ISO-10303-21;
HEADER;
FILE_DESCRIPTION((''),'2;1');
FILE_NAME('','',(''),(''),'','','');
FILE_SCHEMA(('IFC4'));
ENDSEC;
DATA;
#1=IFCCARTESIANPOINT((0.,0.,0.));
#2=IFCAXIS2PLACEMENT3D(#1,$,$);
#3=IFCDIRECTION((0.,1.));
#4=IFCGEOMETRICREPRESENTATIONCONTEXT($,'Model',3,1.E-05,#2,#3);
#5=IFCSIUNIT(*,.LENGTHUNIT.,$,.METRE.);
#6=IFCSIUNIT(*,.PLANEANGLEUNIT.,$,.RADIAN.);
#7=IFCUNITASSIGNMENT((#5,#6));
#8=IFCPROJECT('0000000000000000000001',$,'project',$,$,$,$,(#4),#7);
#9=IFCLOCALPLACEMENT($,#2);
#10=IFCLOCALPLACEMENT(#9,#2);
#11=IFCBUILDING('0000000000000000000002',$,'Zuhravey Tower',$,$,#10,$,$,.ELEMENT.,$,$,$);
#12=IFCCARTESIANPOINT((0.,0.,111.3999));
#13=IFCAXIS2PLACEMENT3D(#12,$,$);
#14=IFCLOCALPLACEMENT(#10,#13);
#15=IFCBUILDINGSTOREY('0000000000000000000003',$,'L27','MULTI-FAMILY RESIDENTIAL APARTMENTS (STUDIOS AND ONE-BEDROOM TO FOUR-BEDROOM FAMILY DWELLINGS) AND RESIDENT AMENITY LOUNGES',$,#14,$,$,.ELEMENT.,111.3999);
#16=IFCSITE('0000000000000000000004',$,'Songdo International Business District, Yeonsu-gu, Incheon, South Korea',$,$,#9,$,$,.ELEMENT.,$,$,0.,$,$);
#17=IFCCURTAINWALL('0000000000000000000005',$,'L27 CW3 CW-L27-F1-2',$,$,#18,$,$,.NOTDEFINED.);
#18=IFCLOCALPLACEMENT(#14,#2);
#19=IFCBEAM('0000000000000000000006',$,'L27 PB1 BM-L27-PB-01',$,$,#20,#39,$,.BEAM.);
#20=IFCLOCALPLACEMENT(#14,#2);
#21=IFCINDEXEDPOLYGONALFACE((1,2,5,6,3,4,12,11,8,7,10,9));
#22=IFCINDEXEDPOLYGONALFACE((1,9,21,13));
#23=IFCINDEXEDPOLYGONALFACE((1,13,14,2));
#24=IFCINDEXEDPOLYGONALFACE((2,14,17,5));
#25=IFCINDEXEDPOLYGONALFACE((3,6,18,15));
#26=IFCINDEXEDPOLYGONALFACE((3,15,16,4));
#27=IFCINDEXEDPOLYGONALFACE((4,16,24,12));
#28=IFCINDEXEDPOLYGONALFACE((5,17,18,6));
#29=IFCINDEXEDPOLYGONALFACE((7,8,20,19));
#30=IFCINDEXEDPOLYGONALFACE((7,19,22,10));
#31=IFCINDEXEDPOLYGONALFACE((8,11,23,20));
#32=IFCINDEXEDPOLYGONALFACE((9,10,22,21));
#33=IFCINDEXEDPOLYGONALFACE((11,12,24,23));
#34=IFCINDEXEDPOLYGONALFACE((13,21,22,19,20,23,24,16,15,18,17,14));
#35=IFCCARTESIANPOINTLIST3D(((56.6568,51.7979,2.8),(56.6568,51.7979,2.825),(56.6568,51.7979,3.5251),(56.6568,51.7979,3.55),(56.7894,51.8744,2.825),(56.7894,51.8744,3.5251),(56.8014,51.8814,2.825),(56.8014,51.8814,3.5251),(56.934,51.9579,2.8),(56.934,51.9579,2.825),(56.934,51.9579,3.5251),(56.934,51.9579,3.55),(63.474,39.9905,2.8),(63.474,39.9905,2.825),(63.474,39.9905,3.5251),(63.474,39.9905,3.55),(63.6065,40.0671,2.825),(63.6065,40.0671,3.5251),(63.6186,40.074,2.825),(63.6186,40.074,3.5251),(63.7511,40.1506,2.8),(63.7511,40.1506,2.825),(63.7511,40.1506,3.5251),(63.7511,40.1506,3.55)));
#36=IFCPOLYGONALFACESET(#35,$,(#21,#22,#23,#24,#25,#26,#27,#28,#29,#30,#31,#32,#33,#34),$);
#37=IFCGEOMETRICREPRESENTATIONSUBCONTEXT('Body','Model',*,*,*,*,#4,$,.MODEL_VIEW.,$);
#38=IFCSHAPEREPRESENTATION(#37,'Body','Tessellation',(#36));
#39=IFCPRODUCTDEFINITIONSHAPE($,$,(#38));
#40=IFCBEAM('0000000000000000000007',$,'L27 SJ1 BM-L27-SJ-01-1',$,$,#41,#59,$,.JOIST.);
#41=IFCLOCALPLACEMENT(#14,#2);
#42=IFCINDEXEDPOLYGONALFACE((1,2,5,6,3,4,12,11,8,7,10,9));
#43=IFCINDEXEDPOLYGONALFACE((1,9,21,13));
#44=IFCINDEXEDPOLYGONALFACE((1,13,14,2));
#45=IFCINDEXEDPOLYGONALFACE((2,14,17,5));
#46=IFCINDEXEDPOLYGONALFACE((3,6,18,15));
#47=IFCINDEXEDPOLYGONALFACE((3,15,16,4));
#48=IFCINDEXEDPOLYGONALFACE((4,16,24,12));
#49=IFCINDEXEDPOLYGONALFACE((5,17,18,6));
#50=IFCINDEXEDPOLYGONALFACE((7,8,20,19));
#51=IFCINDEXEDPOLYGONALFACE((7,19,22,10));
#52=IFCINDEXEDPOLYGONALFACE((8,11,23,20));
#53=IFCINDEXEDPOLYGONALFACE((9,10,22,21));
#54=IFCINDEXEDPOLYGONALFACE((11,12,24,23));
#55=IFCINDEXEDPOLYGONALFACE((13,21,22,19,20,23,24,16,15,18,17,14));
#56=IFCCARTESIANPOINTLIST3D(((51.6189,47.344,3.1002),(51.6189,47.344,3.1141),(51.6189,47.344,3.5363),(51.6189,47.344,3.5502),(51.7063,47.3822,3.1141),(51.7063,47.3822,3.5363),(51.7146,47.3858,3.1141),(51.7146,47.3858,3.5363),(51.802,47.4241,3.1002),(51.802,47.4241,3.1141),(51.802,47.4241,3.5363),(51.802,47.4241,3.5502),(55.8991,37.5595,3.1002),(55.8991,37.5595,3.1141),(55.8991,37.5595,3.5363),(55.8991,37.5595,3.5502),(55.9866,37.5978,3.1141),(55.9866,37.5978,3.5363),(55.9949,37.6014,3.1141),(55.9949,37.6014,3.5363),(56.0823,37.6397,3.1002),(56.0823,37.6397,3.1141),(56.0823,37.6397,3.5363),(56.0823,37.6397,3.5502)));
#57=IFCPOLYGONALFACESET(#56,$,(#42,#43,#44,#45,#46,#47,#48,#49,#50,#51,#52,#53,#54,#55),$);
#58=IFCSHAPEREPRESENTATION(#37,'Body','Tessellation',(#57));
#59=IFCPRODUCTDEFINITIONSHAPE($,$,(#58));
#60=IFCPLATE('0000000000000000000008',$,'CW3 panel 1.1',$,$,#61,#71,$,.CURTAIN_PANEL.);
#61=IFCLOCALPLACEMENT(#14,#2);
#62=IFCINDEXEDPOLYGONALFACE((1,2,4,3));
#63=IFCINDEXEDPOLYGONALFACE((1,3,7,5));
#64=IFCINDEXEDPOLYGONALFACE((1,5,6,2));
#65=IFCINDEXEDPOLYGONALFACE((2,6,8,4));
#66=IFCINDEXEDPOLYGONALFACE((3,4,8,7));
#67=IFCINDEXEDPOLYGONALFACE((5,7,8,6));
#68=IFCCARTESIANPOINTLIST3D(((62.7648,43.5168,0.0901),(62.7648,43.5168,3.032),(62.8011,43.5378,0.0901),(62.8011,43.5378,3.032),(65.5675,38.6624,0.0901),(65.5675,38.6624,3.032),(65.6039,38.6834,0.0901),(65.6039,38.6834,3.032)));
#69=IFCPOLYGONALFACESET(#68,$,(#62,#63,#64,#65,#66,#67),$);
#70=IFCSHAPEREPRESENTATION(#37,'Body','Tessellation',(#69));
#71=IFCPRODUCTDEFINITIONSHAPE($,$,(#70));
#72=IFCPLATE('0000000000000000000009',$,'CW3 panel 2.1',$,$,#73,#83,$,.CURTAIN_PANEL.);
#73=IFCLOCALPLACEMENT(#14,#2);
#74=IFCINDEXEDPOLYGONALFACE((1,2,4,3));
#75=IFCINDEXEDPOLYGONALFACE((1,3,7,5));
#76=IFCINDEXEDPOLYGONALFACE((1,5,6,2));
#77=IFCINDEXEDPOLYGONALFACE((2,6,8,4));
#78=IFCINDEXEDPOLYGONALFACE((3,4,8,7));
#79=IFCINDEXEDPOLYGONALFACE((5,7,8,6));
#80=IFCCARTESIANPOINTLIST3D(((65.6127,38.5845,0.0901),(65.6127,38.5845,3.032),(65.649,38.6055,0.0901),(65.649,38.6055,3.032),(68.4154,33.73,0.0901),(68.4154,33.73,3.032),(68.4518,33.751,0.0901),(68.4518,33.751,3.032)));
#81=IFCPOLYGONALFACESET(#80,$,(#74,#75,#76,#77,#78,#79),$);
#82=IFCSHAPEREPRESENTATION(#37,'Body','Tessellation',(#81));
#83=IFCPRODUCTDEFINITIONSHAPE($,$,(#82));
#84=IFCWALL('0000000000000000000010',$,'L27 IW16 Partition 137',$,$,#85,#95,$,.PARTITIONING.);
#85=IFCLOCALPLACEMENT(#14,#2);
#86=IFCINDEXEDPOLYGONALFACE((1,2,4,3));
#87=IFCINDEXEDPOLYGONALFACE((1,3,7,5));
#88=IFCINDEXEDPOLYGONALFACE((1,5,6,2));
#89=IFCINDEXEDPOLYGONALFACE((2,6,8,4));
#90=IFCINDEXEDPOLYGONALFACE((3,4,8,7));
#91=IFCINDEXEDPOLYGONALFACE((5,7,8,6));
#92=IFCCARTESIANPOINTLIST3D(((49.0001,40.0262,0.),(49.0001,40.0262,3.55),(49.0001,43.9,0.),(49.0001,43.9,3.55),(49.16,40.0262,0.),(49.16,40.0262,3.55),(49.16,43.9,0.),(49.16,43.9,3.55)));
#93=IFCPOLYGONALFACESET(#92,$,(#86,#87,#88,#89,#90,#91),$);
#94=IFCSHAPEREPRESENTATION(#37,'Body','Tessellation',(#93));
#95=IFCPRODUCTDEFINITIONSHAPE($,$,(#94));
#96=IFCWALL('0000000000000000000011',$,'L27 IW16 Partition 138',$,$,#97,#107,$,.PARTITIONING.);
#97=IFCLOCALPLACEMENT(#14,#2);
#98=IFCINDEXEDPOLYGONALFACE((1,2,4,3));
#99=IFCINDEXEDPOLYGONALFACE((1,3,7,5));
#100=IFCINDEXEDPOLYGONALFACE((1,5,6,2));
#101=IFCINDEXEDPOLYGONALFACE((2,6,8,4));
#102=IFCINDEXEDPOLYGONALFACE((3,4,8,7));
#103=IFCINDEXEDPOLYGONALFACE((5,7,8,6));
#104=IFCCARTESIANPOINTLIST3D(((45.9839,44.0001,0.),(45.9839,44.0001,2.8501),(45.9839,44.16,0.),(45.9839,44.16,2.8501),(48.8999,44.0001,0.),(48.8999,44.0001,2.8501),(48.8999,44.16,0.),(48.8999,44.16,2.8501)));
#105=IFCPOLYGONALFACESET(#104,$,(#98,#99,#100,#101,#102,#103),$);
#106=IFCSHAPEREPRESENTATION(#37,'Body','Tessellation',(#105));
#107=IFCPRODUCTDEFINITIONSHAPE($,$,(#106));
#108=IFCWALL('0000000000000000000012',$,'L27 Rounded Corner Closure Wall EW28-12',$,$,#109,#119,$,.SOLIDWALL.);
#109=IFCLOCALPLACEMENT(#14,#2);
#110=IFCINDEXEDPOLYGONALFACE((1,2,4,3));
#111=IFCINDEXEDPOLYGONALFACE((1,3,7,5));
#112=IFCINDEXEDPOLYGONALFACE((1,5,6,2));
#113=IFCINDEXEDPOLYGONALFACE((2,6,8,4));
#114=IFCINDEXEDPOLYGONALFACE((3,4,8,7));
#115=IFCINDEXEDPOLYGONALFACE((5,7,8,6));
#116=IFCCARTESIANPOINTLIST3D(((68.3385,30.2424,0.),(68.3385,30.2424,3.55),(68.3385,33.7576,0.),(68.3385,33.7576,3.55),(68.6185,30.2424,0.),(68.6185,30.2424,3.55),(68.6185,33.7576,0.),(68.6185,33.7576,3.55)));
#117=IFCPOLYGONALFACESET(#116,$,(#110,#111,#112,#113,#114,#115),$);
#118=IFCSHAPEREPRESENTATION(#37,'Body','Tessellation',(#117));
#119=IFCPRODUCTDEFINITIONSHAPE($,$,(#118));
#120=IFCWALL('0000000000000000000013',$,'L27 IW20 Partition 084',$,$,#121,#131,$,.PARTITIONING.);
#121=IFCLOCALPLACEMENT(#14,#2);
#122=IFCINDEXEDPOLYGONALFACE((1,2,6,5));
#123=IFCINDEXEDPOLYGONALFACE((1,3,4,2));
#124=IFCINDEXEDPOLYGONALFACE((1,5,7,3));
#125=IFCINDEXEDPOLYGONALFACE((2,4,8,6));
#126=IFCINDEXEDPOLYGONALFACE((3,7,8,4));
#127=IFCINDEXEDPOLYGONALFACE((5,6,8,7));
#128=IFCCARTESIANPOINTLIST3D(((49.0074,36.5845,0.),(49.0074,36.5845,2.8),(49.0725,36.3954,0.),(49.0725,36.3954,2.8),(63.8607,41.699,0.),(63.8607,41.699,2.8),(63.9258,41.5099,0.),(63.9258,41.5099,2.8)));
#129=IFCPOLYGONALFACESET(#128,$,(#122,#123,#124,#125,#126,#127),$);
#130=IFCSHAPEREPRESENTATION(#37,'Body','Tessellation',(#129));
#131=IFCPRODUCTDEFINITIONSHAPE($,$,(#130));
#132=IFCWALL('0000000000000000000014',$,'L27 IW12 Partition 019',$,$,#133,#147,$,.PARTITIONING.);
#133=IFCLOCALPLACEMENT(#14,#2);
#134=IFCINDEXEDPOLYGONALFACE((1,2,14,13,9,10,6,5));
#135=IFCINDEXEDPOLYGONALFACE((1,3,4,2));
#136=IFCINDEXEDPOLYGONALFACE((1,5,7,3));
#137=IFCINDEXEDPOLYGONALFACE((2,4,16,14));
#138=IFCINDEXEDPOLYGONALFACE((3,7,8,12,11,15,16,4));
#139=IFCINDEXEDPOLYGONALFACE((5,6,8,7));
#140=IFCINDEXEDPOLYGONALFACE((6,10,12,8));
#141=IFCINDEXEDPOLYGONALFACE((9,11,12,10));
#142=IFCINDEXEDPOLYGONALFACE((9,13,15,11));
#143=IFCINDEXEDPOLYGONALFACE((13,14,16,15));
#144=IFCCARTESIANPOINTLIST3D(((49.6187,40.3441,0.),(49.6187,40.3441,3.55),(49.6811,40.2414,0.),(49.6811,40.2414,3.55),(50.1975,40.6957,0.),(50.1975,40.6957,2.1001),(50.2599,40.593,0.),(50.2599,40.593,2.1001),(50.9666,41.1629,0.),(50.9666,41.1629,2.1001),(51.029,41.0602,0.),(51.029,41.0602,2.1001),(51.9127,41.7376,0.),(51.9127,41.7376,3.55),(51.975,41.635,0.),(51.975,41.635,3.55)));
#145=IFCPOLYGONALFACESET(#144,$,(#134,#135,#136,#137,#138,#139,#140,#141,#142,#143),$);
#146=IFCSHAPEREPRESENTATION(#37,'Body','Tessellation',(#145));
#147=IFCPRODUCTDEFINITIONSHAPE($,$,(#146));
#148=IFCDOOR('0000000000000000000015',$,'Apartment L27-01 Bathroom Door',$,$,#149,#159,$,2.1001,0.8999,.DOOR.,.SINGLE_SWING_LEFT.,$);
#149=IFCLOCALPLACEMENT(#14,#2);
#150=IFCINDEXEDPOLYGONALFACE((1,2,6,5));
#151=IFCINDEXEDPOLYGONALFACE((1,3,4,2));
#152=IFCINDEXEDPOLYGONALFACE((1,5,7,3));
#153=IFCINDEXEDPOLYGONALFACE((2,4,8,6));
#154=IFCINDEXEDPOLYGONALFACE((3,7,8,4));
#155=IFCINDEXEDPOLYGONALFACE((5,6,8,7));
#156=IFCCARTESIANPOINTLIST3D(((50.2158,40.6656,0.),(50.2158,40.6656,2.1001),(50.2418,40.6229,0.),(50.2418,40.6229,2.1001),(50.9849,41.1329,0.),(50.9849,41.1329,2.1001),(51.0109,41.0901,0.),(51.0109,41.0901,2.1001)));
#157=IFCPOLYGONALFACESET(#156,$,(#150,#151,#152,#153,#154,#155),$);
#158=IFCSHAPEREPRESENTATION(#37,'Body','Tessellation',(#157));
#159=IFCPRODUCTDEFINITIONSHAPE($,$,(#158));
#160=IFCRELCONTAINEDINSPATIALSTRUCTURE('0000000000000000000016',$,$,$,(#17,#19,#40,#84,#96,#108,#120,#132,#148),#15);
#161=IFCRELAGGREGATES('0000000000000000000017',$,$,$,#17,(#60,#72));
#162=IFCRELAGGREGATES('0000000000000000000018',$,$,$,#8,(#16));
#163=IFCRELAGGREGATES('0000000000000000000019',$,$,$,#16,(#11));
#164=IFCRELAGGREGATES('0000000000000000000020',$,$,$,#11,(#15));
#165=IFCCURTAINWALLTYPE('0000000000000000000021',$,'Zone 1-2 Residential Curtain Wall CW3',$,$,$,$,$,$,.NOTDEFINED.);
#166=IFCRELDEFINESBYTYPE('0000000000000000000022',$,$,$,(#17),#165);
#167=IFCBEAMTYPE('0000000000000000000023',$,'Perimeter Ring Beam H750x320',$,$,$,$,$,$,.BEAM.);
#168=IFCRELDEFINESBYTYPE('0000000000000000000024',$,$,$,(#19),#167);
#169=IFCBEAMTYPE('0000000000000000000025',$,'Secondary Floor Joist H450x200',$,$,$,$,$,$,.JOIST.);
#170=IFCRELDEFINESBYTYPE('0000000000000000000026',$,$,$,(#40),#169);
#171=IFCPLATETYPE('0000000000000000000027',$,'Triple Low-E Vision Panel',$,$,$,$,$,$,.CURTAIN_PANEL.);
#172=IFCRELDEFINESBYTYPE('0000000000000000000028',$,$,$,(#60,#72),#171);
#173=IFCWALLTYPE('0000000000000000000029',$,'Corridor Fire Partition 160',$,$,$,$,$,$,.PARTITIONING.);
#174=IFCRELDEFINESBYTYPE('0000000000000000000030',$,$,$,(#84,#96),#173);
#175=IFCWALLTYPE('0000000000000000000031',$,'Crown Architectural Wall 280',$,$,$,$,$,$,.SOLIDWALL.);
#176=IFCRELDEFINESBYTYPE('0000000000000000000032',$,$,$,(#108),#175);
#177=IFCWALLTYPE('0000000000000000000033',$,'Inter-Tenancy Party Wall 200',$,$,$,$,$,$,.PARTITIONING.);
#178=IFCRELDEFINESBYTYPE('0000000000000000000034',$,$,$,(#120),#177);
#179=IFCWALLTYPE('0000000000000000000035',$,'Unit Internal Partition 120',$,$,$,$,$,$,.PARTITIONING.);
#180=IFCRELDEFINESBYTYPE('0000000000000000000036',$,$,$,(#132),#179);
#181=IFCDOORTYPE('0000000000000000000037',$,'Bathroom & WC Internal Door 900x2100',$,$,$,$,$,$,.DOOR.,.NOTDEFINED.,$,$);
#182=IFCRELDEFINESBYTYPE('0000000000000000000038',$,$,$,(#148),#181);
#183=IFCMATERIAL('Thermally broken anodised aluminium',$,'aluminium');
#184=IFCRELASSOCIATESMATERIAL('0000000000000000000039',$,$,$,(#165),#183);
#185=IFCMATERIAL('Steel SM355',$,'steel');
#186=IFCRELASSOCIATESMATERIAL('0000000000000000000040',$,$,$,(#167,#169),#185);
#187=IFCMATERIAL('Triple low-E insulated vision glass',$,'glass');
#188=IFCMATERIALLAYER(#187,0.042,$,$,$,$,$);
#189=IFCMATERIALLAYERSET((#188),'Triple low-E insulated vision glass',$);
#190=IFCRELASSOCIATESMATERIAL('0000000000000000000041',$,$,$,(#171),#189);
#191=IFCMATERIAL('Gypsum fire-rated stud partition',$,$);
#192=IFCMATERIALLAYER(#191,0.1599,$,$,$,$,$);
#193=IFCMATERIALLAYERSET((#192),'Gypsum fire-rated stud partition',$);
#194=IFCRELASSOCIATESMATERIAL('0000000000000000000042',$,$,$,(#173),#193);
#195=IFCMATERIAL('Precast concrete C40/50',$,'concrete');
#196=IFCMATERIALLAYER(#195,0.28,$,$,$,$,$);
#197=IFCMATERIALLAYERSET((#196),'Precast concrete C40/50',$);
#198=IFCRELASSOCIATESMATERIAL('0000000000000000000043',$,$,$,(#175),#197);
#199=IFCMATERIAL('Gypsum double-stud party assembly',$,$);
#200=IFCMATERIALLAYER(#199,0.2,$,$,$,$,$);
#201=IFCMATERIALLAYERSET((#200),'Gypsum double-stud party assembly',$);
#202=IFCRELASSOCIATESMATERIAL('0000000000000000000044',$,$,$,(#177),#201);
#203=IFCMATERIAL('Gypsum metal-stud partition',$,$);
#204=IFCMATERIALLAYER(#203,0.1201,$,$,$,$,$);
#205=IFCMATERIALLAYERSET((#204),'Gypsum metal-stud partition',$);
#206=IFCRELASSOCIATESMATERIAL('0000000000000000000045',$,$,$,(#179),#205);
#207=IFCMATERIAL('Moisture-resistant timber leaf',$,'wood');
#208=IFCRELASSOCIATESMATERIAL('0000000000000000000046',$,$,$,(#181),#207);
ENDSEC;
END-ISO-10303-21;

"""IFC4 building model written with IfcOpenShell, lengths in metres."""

from ifc_helpers import new_model, si_unit, direction, frame, frame_2d, origin, origin_2d, place, context, subcontext, project, spatial, rectangle, i_section, extrude, material, layer, layer_set, material_profile, profile_set, type_object, element, fill, aggregate, save


model = new_model("IFC4")

# Units and contexts
model_context = context("Model", 3, precision=1e-05, world=origin(), true_north=direction((0.0, 1.0)))
body_context = subcontext(model_context, "Body", "Model", "MODEL_VIEW")
ifc_project = project(units=[si_unit("LENGTHUNIT", "METRE"), si_unit("PLANEANGLEUNIT", "RADIAN")], contexts=[model_context])

# Site, building, storey
site_placement = place(None, origin())
site = spatial("IfcSite", under=ifc_project, at=site_placement, Name="Songdo International Business District, Yeonsu-gu, Incheon, South Korea", CompositionType="ELEMENT", RefElevation=0.0)
building_placement = place(site_placement, origin())
building = spatial("IfcBuilding", under=site, at=building_placement, Name="Zuhravey Tower", CompositionType="ELEMENT")
storey_placement = place(building_placement, frame((0.0, 0.0, 111.3999)))
storey = spatial("IfcBuildingStorey", under=building, at=storey_placement, Name="L27", Description="MULTI-FAMILY RESIDENTIAL APARTMENTS (STUDIOS AND ONE-BEDROOM TO FOUR-BEDROOM FAMILY DWELLINGS) AND RESIDENT AMENITY LOUNGES", CompositionType="ELEMENT", Elevation=111.3999)

# Shared definitions
ifc_material_1 = material(Name="Thermally broken anodised aluminium", Category="aluminium")
curtain_wall_type = type_object("IfcCurtainWallType", Name="Zone 1-2 Residential Curtain Wall CW3", PredefinedType="NOTDEFINED", material=ifc_material_1)

# Curtain wall
curtain_wall_1_placement = place(storey_placement, origin())
curtain_wall_1 = element("IfcCurtainWall", 1, at=curtain_wall_1_placement, inside=storey, type_object=curtain_wall_type, Name="L27 CW3 CW-L27-F1-2", PredefinedType="NOTDEFINED")

# Beams
ifc_material_2 = material(Name="Steel SM355", Category="steel")
ifc_material_profile_1 = material_profile(ifc_material_2, i_section(OverallWidth=0.3201, OverallDepth=0.75, WebThickness=0.0139, FlangeThickness=0.0249, at=origin_2d()), Name="H-750x320x14x25")
ifc_profile_set_1 = profile_set([ifc_material_profile_1], Name="Steel SM355")
beam_type_1 = type_object("IfcBeamType", Name="Perimeter Ring Beam H750x320", PredefinedType="BEAM", material=ifc_profile_set_1)
beam_1_placement = place(storey_placement, frame((63.6125, 40.0706, 3.175), z_axis=(-0.500008, 0.866021, 0.0), x_axis=(-0.866021, -0.500008, 0.0)))
element("IfcBeam", 2, at=beam_1_placement, inside=storey, type_object=beam_type_1, Name="L27 PB1 BM-L27-PB-01", PredefinedType="BEAM", context=body_context, shape_type="SweptSolid", body=[
    extrude(i_section(OverallWidth=0.3201, OverallDepth=0.75, WebThickness=0.0139, FlangeThickness=0.0249, at=origin_2d()), origin(), (0.0, 0.0, 1.0), 13.634),
])
ifc_material_profile_2 = material_profile(ifc_material_2, i_section(OverallWidth=0.2, OverallDepth=0.45, WebThickness=0.009, FlangeThickness=0.0139, at=origin_2d()), Name="H-450x200x9x14")
ifc_profile_set_2 = profile_set([ifc_material_profile_2], Name="Steel SM355")
beam_type_2 = type_object("IfcBeamType", Name="Secondary Floor Joist H450x200", PredefinedType="JOIST", material=ifc_profile_set_2)
beam_2_placement = place(storey_placement, frame((55.9907, 37.5996, 3.3252), z_axis=(-0.400786, 0.916172, 0.0), x_axis=(-0.916172, -0.400786, 0.0)))
element("IfcBeam", 3, at=beam_2_placement, inside=storey, type_object=beam_type_2, Name="L27 SJ1 BM-L27-SJ-01-1", PredefinedType="JOIST", context=body_context, shape_type="SweptSolid", body=[
    extrude(i_section(OverallWidth=0.2, OverallDepth=0.45, WebThickness=0.009, FlangeThickness=0.0139, at=origin_2d()), origin(), (0.0, 0.0, 1.0), 10.6797),
])

# Plates
ifc_material_3 = material(Name="Triple low-E insulated vision glass", Category="glass")
ifc_layer_1 = layer(ifc_material_3, 0.042)
ifc_layer_set_1 = layer_set([ifc_layer_1], Name="Triple low-E insulated vision glass")
plate_type = type_object("IfcPlateType", Name="Triple Low-E Vision Panel", PredefinedType="CURTAIN_PANEL", material=ifc_layer_set_1)
plate_1_placement = place(storey_placement, frame((64.1843, 41.1001, 0.0901), z_axis=(0.0, 0.0, 1.0), x_axis=(0.500001, -0.866025, 0.0)))
plate_1 = element("IfcPlate", 4, at=plate_1_placement, type_object=plate_type, Name="CW3 panel 1.1", PredefinedType="CURTAIN_PANEL", context=body_context, shape_type="SweptSolid", body=[
    extrude(rectangle(XDim=5.6055, YDim=0.042, at=origin_2d()), origin(), (0.0, 0.0, 1.0), 2.9419),
])
plate_2_placement = place(storey_placement, frame((67.0322, 36.1677, 0.0901), z_axis=(0.0, 0.0, 1.0), x_axis=(0.500001, -0.866025, 0.0)))
plate_2 = element("IfcPlate", 5, at=plate_2_placement, type_object=plate_type, Name="CW3 panel 2.1", PredefinedType="CURTAIN_PANEL", context=body_context, shape_type="SweptSolid", body=[
    extrude(rectangle(XDim=5.6055, YDim=0.042, at=origin_2d()), origin(), (0.0, 0.0, 1.0), 2.9419),
])
aggregate(curtain_wall_1, [plate_1, plate_2])

# Shared definitions
ifc_material_4 = material(Name="Gypsum fire-rated stud partition")
ifc_layer_2 = layer(ifc_material_4, 0.1599)
ifc_layer_set_2 = layer_set([ifc_layer_2], Name="Gypsum fire-rated stud partition")
wall_type_1 = type_object("IfcWallType", Name="Corridor Fire Partition 160", PredefinedType="PARTITIONING", material=ifc_layer_set_2)

# Walls
wall_1_placement = place(storey_placement, frame((49.0801, 40.0261, 0.0), z_axis=(0.0, 0.0, 1.0), x_axis=(0.0, 1.0, 0.0)))
element("IfcWall", 6, at=wall_1_placement, inside=storey, type_object=wall_type_1, Name="L27 IW16 Partition 137", PredefinedType="PARTITIONING", context=body_context, shape_type="SweptSolid", body=[
    extrude(rectangle(XDim=3.8738, YDim=0.1599, at=frame_2d((1.937, 0.0))), origin(), (0.0, 0.0, 1.0), 3.55),
])
wall_2_placement = place(storey_placement, frame((48.8999, 44.0801, 0.0), z_axis=(0.0, 0.0, 1.0), x_axis=(-1.0, 0.0, 0.0)))
element("IfcWall", 7, at=wall_2_placement, inside=storey, type_object=wall_type_1, Name="L27 IW16 Partition 138", PredefinedType="PARTITIONING", context=body_context, shape_type="SweptSolid", body=[
    extrude(rectangle(XDim=2.916, YDim=0.1599, at=frame_2d((1.458, 0.0))), origin(), (0.0, 0.0, 1.0), 2.8501),
])
ifc_material_5 = material(Name="Precast concrete C40/50", Category="concrete")
ifc_layer_3 = layer(ifc_material_5, 0.28)
ifc_layer_set_3 = layer_set([ifc_layer_3], Name="Precast concrete C40/50")
wall_type_2 = type_object("IfcWallType", Name="Crown Architectural Wall 280", PredefinedType="SOLIDWALL", material=ifc_layer_set_3)
wall_3_placement = place(storey_placement, frame((68.4785, 33.7576, 0.0), z_axis=(0.0, 0.0, 1.0), x_axis=(0.0, -1.0, 0.0)))
element("IfcWall", 8, at=wall_3_placement, inside=storey, type_object=wall_type_2, Name="L27 Rounded Corner Closure Wall EW28-12", PredefinedType="SOLIDWALL", context=body_context, shape_type="SweptSolid", body=[
    extrude(rectangle(XDim=3.5151, YDim=0.28, at=frame_2d((1.7576, 0.0))), origin(), (0.0, 0.0, 1.0), 3.55),
])
ifc_material_6 = material(Name="Gypsum double-stud party assembly")
ifc_layer_4 = layer(ifc_material_6, 0.2)
ifc_layer_set_4 = layer_set([ifc_layer_4], Name="Gypsum double-stud party assembly")
wall_type_3 = type_object("IfcWallType", Name="Inter-Tenancy Party Wall 200", PredefinedType="PARTITIONING", material=ifc_layer_set_4)
wall_4_placement = place(storey_placement, frame((49.04, 36.49, 0.0), z_axis=(0.0, 0.0, 1.0), x_axis=(0.945516, 0.325574, 0.0)))
element("IfcWall", 9, at=wall_4_placement, inside=storey, type_object=wall_type_3, Name="L27 IW20 Partition 084", PredefinedType="PARTITIONING", context=body_context, shape_type="SweptSolid", body=[
    extrude(rectangle(XDim=15.7092, YDim=0.2, at=frame_2d((7.8545, 0.0))), origin(), (0.0, 0.0, 1.0), 2.8),
])

# Wall, opening, door
ifc_material_7 = material(Name="Gypsum metal-stud partition")
ifc_layer_5 = layer(ifc_material_7, 0.1201)
ifc_layer_set_5 = layer_set([ifc_layer_5], Name="Gypsum metal-stud partition")
wall_type_4 = type_object("IfcWallType", Name="Unit Internal Partition 120", PredefinedType="PARTITIONING", material=ifc_layer_set_5)
wall_5_placement = place(storey_placement, frame((49.6499, 40.2927, 0.0), z_axis=(0.0, 0.0, 1.0), x_axis=(0.854655, 0.519196, 0.0)))
wall_5 = element("IfcWall", 10, at=wall_5_placement, inside=storey, type_object=wall_type_4, Name="L27 IW12 Partition 019", PredefinedType="PARTITIONING", context=body_context, shape_type="SweptSolid", body=[
    extrude(rectangle(XDim=2.6841, YDim=0.1201, at=frame_2d((1.342, 0.0))), origin(), (0.0, 0.0, 1.0), 3.55),
])
opening_1_placement = place(wall_5_placement, frame((0.6772, 0.0, 0.0)))
opening_1 = element("IfcOpeningElement", 11, at=opening_1_placement, cuts=wall_5, PredefinedType="OPENING", context=body_context, shape_type="SweptSolid", body=[
    extrude(rectangle(XDim=0.8999, YDim=2.1001, at=frame_2d((0.45, 1.05))), frame((0.0, 0.072, 0.0), z_axis=(0.0, -1.0, 0.0), x_axis=(1.0, 0.0, 0.0)), (0.0, 0.0, 1.0), 0.144),
])
ifc_material_8 = material(Name="Moisture-resistant timber leaf", Category="wood")
door_type_1 = type_object("IfcDoorType", Name="Bathroom & WC Internal Door 900x2100", OperationType="NOTDEFINED", PredefinedType="DOOR", material=ifc_material_8)
door_1_placement = place(opening_1_placement, origin())
door_1 = element("IfcDoor", 12, at=door_1_placement, inside=storey, type_object=door_type_1, Name="Apartment L27-01 Bathroom Door", OperationType="SINGLE_SWING_LEFT", OverallHeight=2.1001, OverallWidth=0.8999, PredefinedType="DOOR", context=body_context, shape_type="SweptSolid", body=[
    extrude(rectangle(XDim=0.8999, YDim=2.1001, at=frame_2d((0.45, 1.05))), frame((0.0, 0.0249, 0.0), z_axis=(0.0, -1.0, 0.0), x_axis=(1.0, 0.0, 0.0)), (0.0, 0.0, 1.0), 0.05),
])
fill(opening_1, door_1)

save(model, "model.ifc")
